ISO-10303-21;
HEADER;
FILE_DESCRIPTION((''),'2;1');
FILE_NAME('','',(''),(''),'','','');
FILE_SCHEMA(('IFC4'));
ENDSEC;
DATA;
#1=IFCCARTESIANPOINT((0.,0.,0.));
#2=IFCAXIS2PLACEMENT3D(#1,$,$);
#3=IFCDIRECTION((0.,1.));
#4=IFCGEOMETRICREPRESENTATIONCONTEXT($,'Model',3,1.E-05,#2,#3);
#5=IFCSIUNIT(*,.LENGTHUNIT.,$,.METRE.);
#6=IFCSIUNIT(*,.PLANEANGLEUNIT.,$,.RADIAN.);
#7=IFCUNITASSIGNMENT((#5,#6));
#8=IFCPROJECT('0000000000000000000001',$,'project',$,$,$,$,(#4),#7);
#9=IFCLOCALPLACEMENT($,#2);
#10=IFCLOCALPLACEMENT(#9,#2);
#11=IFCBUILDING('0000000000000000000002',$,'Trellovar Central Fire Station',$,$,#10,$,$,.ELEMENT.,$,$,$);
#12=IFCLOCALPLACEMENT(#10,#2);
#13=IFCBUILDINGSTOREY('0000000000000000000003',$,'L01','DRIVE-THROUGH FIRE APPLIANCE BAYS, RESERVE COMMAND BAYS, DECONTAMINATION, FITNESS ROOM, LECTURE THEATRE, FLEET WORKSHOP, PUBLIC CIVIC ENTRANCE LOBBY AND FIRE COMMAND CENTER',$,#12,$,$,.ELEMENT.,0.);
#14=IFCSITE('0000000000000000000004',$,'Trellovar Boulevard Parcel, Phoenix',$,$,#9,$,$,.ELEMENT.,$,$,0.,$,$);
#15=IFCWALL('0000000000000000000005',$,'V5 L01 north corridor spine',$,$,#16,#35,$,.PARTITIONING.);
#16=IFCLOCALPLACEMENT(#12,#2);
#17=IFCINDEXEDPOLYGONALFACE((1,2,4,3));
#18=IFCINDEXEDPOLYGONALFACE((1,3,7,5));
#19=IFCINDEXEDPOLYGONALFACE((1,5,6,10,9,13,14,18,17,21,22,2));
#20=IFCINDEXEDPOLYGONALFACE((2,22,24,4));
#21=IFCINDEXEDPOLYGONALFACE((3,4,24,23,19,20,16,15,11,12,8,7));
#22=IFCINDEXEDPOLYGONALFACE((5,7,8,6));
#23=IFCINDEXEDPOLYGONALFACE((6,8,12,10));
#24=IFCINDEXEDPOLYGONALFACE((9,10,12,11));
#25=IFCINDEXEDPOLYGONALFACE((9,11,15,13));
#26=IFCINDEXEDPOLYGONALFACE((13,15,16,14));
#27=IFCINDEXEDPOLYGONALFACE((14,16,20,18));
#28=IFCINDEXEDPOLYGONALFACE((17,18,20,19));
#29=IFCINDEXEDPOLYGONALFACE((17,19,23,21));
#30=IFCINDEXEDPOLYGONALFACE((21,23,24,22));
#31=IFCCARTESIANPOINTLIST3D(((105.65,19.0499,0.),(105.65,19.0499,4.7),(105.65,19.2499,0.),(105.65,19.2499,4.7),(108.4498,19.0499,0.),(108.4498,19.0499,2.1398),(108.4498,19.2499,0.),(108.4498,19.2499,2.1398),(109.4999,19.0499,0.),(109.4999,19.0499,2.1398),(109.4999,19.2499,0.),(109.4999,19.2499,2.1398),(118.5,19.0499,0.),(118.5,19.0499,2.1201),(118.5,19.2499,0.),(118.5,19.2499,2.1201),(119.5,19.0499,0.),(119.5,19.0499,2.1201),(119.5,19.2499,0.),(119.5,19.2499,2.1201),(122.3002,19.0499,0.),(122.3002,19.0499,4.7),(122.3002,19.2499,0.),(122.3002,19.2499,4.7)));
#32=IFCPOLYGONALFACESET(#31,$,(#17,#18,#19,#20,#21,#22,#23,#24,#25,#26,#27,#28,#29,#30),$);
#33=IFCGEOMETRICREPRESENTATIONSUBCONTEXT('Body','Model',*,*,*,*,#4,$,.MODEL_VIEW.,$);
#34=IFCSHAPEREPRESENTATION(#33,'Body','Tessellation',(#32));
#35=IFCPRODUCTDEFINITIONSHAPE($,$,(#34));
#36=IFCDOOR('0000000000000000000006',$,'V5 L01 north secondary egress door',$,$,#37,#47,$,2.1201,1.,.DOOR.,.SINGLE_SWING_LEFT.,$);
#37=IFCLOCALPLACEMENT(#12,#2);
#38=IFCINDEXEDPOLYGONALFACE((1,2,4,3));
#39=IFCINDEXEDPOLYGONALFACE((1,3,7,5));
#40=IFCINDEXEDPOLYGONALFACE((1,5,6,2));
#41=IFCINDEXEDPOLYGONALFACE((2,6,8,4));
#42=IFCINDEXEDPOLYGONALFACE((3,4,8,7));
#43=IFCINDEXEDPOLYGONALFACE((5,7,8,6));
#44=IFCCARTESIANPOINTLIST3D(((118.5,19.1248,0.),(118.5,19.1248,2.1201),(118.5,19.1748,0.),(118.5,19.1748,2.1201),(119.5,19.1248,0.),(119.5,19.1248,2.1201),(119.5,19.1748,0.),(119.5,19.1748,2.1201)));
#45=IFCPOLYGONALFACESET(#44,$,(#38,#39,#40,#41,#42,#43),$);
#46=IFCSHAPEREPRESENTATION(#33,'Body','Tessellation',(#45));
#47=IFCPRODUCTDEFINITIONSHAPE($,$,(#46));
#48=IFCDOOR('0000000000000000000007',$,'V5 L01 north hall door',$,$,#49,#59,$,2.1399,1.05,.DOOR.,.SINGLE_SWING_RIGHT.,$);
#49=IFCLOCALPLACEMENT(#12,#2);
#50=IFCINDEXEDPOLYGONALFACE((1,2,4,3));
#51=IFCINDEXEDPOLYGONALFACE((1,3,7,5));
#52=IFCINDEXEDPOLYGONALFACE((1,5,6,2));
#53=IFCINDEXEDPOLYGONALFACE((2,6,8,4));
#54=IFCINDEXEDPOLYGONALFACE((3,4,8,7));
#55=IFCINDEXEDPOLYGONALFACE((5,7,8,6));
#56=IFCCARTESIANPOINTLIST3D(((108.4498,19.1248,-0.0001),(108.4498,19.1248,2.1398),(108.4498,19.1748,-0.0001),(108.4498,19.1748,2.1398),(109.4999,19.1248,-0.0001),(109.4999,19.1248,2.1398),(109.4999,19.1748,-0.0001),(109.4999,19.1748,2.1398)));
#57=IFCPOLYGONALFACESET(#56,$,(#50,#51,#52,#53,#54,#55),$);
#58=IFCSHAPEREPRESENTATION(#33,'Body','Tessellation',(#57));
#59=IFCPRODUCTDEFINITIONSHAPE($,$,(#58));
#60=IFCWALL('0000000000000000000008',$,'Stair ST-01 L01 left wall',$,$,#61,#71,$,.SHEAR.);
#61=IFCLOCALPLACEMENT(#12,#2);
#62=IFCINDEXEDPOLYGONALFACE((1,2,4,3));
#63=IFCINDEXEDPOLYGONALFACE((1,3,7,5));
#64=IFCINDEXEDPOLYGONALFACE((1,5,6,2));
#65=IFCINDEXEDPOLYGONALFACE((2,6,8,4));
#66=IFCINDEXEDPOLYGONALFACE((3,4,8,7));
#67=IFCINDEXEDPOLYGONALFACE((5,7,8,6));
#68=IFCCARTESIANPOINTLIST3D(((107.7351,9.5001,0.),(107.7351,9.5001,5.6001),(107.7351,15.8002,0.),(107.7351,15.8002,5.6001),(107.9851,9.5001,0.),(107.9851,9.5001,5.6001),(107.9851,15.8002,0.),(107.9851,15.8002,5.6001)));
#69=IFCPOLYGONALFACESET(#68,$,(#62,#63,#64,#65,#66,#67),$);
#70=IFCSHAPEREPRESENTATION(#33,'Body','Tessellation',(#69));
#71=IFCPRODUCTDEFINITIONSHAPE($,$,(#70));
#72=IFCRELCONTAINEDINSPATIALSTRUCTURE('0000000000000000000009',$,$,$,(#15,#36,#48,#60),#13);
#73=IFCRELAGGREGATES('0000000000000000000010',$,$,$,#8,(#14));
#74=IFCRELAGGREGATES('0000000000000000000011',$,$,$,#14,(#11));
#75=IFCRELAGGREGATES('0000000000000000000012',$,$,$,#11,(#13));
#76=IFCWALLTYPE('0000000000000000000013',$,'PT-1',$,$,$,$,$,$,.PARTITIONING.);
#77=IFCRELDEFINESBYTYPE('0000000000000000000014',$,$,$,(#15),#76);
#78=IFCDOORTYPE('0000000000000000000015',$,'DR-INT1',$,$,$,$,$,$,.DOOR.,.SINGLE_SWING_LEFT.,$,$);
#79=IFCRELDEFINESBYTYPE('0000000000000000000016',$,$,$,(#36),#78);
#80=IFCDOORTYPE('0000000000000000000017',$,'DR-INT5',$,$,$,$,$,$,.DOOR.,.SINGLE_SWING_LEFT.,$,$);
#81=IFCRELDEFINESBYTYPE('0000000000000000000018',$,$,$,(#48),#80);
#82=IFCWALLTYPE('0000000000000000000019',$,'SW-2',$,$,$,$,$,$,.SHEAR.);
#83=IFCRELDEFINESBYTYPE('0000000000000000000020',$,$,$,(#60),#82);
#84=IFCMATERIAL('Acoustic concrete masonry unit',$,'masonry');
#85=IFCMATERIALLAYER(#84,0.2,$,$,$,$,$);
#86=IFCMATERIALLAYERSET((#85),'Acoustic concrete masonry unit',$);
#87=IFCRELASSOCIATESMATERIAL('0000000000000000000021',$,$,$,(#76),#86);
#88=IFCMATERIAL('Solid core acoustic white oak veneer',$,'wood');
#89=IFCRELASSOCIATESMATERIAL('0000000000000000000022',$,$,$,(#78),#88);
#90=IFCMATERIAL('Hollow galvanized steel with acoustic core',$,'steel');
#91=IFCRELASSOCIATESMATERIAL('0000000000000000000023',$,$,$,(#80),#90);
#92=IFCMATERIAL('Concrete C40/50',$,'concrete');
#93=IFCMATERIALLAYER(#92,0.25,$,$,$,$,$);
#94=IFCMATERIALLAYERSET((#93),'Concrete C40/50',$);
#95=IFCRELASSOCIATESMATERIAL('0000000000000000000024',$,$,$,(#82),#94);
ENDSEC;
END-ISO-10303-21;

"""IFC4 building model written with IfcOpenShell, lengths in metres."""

from ifc_helpers import new_model, si_unit, direction, frame, frame_2d, origin, place, context, subcontext, project, spatial, rectangle, extrude, material, layer, layer_set, type_object, element, fill, save


model = new_model("IFC4")

# Units and contexts
model_context = context("Model", 3, precision=1e-05, world=origin(), true_north=direction((0.0, 1.0)))
body_context = subcontext(model_context, "Body", "Model", "MODEL_VIEW")
ifc_project = project(units=[si_unit("LENGTHUNIT", "METRE"), si_unit("PLANEANGLEUNIT", "RADIAN")], contexts=[model_context])

# Site, building, storey
site_placement = place(None, origin())
site = spatial("IfcSite", under=ifc_project, at=site_placement, Name="Trellovar Boulevard Parcel, Phoenix", CompositionType="ELEMENT", RefElevation=0.0)
building_placement = place(site_placement, origin())
building = spatial("IfcBuilding", under=site, at=building_placement, Name="Trellovar Central Fire Station", CompositionType="ELEMENT")
storey_placement = place(building_placement, origin())
storey = spatial("IfcBuildingStorey", under=building, at=storey_placement, Name="L01", Description="DRIVE-THROUGH FIRE APPLIANCE BAYS, RESERVE COMMAND BAYS, DECONTAMINATION, FITNESS ROOM, LECTURE THEATRE, FLEET WORKSHOP, PUBLIC CIVIC ENTRANCE LOBBY AND FIRE COMMAND CENTER", CompositionType="ELEMENT", Elevation=0.0)

# Shared definitions
ifc_material_1 = material(Name="Acoustic concrete masonry unit", Category="masonry")
ifc_layer_1 = layer(ifc_material_1, 0.2)
ifc_layer_set_1 = layer_set([ifc_layer_1], Name="Acoustic concrete masonry unit")
wall_type_1 = type_object("IfcWallType", Name="PT-1", PredefinedType="PARTITIONING", material=ifc_layer_set_1)

# Wall, openings, doors
wall_1_placement = place(storey_placement, frame((105.6499, 19.1499, 0.0), z_axis=(0.0, 0.0, 1.0), x_axis=(1.0, 0.0, 0.0)))
wall_1 = element("IfcWall", 1, at=wall_1_placement, inside=storey, type_object=wall_type_1, Name="V5 L01 north corridor spine", PredefinedType="PARTITIONING", context=body_context, shape_type="SweptSolid", body=[
    extrude(rectangle(XDim=16.6501, YDim=0.2, at=frame_2d((8.3252, 0.0))), origin(), (0.0, 0.0, 1.0), 4.7),
])
opening_1_placement = place(wall_1_placement, frame((2.8, 0.0, 0.0)))
opening_1 = element("IfcOpeningElement", 2, at=opening_1_placement, cuts=wall_1, PredefinedType="OPENING", context=body_context, shape_type="SweptSolid", body=[
    extrude(rectangle(XDim=1.05, YDim=2.1399, at=frame_2d((0.5249, 1.0698))), frame((0.0, 0.1099, 0.0), z_axis=(0.0, -1.0, 0.0), x_axis=(1.0, 0.0, 0.0)), (0.0, 0.0, 1.0), 0.22),
])
opening_2_placement = place(wall_1_placement, frame((12.8501, 0.0, 0.0)))
opening_2 = element("IfcOpeningElement", 3, at=opening_2_placement, cuts=wall_1, PredefinedType="OPENING", context=body_context, shape_type="SweptSolid", body=[
    extrude(rectangle(XDim=1.0, YDim=2.1201, at=frame_2d((0.5, 1.0601))), frame((0.0, 0.1099, 0.0), z_axis=(0.0, -1.0, 0.0), x_axis=(1.0, 0.0, 0.0)), (0.0, 0.0, 1.0), 0.22),
])
ifc_material_2 = material(Name="Solid core acoustic white oak veneer", Category="wood")
door_type_1 = type_object("IfcDoorType", Name="DR-INT1", OperationType="SINGLE_SWING_LEFT", PredefinedType="DOOR", material=ifc_material_2)
door_1_placement = place(opening_2_placement, origin())
door_1 = element("IfcDoor", 4, at=door_1_placement, inside=storey, type_object=door_type_1, Name="V5 L01 north secondary egress door", OperationType="SINGLE_SWING_LEFT", OverallHeight=2.1201, OverallWidth=1.0, PredefinedType="DOOR", context=body_context, shape_type="SweptSolid", body=[
    extrude(rectangle(XDim=1.0, YDim=2.1201, at=frame_2d((0.5, 1.0601))), frame((0.0, 0.0249, 0.0), z_axis=(0.0, -1.0, 0.0), x_axis=(1.0, 0.0, 0.0)), (0.0, 0.0, 1.0), 0.05),
])
fill(opening_2, door_1)
ifc_material_3 = material(Name="Hollow galvanized steel with acoustic core", Category="steel")
door_type_2 = type_object("IfcDoorType", Name="DR-INT5", OperationType="SINGLE_SWING_LEFT", PredefinedType="DOOR", material=ifc_material_3)
door_2_placement = place(opening_1_placement, origin())
door_2 = element("IfcDoor", 5, at=door_2_placement, inside=storey, type_object=door_type_2, Name="V5 L01 north hall door", OperationType="SINGLE_SWING_RIGHT", OverallHeight=2.1399, OverallWidth=1.05, PredefinedType="DOOR", context=body_context, shape_type="SweptSolid", body=[
    extrude(rectangle(XDim=1.05, YDim=2.1399, at=frame_2d((0.5249, 1.0698))), frame((0.0, 0.0249, 0.0), z_axis=(0.0, -1.0, 0.0), x_axis=(1.0, 0.0, 0.0)), (0.0, 0.0, 1.0), 0.05),
])
fill(opening_1, door_2)

# Wall
ifc_material_4 = material(Name="Concrete C40/50", Category="concrete")
ifc_layer_2 = layer(ifc_material_4, 0.25)
ifc_layer_set_2 = layer_set([ifc_layer_2], Name="Concrete C40/50")
wall_type_2 = type_object("IfcWallType", Name="SW-2", PredefinedType="SHEAR", material=ifc_layer_set_2)
wall_2_placement = place(storey_placement, frame((107.8601, 15.8, 0.0), z_axis=(0.0, 0.0, 1.0), x_axis=(0.0, -1.0, 0.0)))
element("IfcWall", 6, at=wall_2_placement, inside=storey, type_object=wall_type_2, Name="Stair ST-01 L01 left wall", PredefinedType="SHEAR", context=body_context, shape_type="SweptSolid", body=[
    extrude(rectangle(XDim=6.3, YDim=0.25, at=frame_2d((3.1499, 0.0))), origin(), (0.0, 0.0, 1.0), 5.6001),
])

save(model, "model.ifc")
